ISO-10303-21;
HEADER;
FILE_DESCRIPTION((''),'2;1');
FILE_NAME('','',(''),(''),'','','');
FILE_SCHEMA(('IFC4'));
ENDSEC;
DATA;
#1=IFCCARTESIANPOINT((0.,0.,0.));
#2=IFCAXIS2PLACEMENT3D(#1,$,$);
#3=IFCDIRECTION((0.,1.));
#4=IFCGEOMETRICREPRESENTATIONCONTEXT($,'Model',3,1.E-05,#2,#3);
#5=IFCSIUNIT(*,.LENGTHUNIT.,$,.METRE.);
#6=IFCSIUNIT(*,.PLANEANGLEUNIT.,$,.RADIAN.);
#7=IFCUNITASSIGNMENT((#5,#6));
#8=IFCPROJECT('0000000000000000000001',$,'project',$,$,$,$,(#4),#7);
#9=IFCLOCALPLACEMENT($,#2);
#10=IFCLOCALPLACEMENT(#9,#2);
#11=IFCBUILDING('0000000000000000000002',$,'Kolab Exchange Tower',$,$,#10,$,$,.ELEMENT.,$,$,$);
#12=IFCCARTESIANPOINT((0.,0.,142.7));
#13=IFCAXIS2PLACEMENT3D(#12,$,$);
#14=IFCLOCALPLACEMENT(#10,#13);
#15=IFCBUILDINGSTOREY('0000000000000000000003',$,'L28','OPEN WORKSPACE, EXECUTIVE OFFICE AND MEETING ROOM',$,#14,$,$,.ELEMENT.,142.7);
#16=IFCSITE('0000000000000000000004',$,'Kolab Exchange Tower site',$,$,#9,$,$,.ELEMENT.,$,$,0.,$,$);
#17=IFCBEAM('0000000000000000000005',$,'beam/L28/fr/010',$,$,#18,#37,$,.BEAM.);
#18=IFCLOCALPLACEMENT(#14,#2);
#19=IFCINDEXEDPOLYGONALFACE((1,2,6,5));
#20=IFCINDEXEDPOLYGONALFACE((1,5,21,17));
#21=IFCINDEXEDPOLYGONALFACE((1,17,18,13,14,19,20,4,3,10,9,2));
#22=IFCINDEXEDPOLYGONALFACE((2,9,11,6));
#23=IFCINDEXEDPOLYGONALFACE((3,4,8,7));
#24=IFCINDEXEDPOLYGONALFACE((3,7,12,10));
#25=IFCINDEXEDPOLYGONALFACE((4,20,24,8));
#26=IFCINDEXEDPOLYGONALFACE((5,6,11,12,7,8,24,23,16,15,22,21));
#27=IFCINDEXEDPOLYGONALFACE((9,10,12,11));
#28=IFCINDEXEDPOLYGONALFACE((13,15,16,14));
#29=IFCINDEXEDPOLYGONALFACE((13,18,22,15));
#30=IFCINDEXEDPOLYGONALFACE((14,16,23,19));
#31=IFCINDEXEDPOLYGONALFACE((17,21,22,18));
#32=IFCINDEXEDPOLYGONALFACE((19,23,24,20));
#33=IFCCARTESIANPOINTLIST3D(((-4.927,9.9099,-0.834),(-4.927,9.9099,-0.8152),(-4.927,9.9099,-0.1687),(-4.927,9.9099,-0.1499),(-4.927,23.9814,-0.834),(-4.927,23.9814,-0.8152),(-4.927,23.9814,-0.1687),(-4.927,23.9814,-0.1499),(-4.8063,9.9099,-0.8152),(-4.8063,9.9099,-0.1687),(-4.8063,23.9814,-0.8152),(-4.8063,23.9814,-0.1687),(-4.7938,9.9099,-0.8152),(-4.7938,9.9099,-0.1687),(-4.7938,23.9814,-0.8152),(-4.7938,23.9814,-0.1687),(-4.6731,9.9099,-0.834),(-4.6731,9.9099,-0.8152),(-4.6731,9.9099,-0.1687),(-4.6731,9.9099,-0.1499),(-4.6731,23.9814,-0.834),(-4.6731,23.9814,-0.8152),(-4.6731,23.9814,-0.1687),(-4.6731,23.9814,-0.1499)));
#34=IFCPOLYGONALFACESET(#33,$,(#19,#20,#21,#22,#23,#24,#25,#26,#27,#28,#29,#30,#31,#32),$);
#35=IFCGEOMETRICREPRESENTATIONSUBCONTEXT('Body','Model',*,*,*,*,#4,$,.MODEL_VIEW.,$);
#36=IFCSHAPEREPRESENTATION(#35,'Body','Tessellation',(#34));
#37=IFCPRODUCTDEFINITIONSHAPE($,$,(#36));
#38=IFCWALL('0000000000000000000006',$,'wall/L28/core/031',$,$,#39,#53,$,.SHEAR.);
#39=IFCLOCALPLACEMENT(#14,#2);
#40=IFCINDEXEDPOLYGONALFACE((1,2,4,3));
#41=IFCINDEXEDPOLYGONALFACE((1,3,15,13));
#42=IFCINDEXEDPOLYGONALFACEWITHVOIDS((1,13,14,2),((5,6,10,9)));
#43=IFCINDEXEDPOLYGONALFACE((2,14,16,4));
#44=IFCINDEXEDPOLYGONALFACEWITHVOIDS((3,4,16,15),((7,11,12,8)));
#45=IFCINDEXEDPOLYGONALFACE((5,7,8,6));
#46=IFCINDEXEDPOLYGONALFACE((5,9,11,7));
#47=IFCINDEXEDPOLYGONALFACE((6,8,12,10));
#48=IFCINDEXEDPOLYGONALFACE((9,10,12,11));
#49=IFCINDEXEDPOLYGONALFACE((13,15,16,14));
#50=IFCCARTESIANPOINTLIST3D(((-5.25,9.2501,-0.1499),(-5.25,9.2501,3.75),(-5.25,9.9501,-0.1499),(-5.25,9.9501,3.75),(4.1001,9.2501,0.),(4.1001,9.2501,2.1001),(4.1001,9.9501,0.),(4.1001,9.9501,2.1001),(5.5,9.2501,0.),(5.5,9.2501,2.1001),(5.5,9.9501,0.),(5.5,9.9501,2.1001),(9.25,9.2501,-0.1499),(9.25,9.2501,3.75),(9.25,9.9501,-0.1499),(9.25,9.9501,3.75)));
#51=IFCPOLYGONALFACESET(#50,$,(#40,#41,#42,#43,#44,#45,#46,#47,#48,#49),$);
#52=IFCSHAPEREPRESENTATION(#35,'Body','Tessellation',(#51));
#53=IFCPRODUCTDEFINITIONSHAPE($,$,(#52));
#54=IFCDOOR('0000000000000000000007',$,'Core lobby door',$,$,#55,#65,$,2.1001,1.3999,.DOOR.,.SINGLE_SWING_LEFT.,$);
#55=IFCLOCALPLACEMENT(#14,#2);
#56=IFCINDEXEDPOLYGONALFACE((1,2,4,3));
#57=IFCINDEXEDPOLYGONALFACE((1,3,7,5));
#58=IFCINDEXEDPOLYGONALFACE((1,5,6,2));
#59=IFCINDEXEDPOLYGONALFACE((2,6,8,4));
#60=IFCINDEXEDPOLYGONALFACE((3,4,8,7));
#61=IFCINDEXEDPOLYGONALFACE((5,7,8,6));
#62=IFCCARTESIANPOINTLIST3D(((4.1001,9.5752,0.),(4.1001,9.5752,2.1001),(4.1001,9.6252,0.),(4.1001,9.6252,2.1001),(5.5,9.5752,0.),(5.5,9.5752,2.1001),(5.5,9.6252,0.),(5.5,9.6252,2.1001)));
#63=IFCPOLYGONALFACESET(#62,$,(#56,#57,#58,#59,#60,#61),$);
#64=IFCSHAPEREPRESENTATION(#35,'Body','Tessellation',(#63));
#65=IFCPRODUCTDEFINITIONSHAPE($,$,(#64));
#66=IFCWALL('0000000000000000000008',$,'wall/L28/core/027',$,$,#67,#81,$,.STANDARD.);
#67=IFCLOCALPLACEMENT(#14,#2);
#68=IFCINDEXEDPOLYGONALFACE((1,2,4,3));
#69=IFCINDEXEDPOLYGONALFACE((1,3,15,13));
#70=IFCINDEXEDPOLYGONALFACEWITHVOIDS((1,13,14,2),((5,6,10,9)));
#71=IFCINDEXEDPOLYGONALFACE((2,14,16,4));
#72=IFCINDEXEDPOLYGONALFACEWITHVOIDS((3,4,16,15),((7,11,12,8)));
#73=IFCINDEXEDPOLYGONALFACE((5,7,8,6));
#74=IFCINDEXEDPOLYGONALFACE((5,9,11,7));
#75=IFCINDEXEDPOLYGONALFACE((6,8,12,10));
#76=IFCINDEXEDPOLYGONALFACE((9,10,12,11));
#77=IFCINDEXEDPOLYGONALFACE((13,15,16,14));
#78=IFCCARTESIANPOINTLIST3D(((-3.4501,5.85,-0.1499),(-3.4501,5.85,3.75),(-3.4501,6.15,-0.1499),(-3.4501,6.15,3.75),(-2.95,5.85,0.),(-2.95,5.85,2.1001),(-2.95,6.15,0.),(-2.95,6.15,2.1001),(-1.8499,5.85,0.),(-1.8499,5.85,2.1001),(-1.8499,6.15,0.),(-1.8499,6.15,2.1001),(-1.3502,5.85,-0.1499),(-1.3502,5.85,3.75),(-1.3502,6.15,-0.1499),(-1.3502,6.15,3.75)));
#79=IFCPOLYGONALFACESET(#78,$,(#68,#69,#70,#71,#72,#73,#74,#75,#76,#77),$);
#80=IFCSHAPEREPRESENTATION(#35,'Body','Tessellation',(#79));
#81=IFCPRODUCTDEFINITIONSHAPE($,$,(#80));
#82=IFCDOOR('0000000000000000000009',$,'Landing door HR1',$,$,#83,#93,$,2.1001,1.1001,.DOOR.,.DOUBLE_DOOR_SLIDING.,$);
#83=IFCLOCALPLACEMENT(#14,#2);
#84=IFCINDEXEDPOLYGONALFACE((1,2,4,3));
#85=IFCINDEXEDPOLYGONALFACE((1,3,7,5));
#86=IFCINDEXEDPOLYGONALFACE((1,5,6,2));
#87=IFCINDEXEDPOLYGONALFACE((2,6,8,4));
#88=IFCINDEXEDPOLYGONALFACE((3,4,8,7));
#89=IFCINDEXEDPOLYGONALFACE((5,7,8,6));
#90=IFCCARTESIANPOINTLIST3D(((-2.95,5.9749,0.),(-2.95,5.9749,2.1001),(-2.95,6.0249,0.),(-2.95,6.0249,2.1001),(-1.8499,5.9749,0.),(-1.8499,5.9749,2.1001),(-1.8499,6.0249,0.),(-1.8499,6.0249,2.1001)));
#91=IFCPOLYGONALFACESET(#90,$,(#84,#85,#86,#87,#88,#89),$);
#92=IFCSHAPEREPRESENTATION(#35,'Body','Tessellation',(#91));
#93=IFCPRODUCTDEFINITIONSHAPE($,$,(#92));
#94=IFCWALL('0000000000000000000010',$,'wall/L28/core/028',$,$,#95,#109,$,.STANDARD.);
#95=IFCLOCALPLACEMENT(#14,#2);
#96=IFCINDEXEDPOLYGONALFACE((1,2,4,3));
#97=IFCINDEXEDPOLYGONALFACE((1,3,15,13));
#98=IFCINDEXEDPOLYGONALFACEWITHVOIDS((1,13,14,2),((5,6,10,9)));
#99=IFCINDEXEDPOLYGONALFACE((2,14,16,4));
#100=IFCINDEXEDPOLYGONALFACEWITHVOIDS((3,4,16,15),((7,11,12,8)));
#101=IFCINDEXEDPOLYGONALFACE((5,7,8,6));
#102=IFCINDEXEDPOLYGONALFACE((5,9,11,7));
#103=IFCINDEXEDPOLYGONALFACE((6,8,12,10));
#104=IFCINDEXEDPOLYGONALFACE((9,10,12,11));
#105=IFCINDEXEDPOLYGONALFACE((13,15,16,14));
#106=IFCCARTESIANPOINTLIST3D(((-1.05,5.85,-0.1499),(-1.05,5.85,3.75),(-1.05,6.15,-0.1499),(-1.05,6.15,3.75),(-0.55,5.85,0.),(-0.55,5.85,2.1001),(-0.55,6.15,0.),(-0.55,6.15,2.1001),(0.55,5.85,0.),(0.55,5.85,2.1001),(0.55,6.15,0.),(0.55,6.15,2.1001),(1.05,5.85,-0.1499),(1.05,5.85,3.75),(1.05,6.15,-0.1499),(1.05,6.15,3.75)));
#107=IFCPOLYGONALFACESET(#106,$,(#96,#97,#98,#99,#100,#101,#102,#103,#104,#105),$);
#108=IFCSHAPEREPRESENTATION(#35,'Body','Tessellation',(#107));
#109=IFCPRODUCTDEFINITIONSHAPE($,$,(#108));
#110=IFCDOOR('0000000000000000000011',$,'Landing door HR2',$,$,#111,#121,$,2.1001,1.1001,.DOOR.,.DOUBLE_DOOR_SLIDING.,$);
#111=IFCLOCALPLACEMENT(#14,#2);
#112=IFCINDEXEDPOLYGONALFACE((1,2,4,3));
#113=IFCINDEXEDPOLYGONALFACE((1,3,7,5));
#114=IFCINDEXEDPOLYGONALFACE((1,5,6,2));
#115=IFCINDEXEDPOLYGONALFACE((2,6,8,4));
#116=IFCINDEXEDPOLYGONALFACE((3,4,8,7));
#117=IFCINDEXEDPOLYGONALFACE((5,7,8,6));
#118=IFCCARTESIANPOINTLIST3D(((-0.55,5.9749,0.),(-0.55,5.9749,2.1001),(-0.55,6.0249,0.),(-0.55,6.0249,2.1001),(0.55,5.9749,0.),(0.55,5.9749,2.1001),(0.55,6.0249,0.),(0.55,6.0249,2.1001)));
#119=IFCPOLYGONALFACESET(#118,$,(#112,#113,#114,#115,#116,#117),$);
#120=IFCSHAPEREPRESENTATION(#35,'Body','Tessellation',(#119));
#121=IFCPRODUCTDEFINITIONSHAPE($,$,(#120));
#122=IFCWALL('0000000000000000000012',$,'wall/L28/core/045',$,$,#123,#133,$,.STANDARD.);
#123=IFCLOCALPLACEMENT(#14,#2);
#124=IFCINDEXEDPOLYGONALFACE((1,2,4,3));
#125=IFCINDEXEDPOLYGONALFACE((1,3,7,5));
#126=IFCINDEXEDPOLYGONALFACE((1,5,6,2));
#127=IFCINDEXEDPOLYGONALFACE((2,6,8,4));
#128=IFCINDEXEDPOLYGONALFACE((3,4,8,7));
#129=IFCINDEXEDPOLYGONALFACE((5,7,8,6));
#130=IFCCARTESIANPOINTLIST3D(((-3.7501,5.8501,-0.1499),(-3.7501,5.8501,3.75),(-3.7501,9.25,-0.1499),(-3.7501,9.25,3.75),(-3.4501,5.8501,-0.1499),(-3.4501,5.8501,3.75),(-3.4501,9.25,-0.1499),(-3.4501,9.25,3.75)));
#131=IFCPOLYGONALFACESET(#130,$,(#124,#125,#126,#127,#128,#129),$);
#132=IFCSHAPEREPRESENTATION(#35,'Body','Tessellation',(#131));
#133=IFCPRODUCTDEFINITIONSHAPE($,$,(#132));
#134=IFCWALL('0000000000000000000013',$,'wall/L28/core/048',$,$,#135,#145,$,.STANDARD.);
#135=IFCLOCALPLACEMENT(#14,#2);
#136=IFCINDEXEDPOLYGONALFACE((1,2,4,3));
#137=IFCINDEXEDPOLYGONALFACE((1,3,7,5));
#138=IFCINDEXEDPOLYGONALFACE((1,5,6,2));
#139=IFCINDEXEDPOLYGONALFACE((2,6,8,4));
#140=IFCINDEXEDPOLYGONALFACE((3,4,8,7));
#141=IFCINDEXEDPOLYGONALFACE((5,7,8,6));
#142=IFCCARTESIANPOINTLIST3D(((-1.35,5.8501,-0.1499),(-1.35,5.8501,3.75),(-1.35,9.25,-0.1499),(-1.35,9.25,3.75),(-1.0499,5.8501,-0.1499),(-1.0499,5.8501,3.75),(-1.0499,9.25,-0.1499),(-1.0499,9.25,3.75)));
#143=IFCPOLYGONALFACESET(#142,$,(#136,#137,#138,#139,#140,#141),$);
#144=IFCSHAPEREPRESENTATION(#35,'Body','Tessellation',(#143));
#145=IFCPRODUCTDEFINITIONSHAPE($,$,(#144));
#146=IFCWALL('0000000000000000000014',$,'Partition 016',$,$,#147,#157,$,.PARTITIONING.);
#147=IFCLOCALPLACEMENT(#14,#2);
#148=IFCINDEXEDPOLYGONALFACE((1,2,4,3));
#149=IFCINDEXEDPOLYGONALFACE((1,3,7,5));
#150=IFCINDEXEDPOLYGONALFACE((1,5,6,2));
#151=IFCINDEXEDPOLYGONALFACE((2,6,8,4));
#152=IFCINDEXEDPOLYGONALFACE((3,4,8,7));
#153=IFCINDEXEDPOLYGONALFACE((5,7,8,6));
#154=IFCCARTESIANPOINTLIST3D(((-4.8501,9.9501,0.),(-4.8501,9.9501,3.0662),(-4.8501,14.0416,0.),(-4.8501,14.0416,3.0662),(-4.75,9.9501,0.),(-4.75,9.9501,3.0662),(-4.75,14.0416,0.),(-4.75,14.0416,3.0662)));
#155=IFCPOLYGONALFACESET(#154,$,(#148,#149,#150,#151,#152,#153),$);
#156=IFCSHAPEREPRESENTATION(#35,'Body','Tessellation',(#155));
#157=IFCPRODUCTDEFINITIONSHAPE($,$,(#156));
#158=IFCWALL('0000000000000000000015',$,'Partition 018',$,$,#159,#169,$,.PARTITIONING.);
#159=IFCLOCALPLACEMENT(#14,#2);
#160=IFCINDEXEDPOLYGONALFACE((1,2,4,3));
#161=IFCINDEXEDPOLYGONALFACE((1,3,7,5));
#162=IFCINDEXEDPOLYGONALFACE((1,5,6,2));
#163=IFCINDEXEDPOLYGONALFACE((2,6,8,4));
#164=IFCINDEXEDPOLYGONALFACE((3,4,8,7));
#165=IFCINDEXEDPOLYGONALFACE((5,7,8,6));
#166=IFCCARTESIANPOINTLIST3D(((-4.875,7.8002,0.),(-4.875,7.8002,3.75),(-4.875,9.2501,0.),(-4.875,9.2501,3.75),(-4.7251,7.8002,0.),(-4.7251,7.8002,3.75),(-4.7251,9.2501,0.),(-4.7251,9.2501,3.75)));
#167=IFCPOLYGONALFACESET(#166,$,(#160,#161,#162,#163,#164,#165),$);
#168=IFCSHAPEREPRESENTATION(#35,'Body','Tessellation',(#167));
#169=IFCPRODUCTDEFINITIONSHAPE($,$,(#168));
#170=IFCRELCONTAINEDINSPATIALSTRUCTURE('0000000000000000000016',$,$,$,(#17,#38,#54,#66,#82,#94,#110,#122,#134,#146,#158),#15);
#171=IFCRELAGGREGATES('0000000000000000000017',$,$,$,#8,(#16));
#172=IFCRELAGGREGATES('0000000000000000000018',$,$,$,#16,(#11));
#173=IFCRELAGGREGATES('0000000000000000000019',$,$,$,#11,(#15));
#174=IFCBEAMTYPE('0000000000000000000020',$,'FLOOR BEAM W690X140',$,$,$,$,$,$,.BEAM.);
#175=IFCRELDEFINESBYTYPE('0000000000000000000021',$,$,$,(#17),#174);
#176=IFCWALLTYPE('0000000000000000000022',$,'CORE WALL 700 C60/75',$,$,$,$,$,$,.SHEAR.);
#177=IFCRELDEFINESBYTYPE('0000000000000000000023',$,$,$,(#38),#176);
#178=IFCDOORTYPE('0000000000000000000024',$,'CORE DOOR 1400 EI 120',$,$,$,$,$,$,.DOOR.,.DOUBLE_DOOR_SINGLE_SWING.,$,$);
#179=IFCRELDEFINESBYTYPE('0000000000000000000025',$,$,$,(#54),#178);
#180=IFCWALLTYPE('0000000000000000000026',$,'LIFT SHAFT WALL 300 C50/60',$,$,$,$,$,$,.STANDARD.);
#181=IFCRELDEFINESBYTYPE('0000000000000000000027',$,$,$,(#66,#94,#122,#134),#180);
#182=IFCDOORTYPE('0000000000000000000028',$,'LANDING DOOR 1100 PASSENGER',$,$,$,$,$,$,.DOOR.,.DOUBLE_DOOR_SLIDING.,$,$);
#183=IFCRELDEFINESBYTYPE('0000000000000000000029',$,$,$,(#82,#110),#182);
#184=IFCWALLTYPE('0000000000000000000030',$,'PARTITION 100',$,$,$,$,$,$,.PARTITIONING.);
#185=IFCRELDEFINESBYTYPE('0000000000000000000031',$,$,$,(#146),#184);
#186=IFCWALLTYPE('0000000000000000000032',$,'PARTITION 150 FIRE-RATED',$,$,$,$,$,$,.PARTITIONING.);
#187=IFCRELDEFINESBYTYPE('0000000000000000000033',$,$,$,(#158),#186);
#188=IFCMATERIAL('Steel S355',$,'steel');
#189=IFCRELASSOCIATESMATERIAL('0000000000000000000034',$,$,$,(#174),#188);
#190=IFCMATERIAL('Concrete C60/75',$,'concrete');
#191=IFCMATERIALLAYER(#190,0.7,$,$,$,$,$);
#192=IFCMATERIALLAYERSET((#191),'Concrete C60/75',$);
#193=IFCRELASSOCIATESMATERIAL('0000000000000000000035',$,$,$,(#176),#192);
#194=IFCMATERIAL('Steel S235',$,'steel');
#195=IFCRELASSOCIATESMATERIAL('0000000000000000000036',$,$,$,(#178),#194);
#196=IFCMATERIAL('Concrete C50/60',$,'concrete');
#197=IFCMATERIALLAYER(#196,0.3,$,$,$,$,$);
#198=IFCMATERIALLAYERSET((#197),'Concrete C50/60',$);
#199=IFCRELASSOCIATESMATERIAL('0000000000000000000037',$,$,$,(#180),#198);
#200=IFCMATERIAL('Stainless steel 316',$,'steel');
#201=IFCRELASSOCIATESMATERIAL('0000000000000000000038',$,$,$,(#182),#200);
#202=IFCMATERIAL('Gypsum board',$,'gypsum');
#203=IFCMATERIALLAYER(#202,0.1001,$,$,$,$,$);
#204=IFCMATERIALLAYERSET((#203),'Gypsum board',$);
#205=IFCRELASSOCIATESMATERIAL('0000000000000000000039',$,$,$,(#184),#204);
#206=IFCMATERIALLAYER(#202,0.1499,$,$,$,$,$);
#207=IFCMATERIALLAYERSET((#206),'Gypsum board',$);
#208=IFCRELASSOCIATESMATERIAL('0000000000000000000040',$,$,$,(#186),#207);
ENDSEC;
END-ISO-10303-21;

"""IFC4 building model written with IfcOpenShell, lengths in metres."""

from ifc_helpers import new_model, si_unit, direction, frame, frame_2d, origin, origin_2d, place, context, subcontext, project, spatial, rectangle, i_section, extrude, material, layer, layer_set, material_profile, profile_set, type_object, element, fill, save


model = new_model("IFC4")

# Units and contexts
model_context = context("Model", 3, precision=1e-05, world=origin(), true_north=direction((0.0, 1.0)))
body_context = subcontext(model_context, "Body", "Model", "MODEL_VIEW")
ifc_project = project(units=[si_unit("LENGTHUNIT", "METRE"), si_unit("PLANEANGLEUNIT", "RADIAN")], contexts=[model_context])

# Site, building, storey
site_placement = place(None, origin())
site = spatial("IfcSite", under=ifc_project, at=site_placement, Name="Kolab Exchange Tower site", CompositionType="ELEMENT", RefElevation=0.0)
building_placement = place(site_placement, origin())
building = spatial("IfcBuilding", under=site, at=building_placement, Name="Kolab Exchange Tower", CompositionType="ELEMENT")
storey_placement = place(building_placement, frame((0.0, 0.0, 142.7)))
storey = spatial("IfcBuildingStorey", under=building, at=storey_placement, Name="L28", Description="OPEN WORKSPACE, EXECUTIVE OFFICE AND MEETING ROOM", CompositionType="ELEMENT", Elevation=142.7)

# Beam
ifc_material_1 = material(Name="Steel S355", Category="steel")
ifc_material_profile = material_profile(ifc_material_1, i_section(OverallWidth=0.2539, OverallDepth=0.6841, WebThickness=0.0125, FlangeThickness=0.0188, at=origin_2d()), Name="W690X140")
ifc_profile_set = profile_set([ifc_material_profile], Name="Steel S355")
beam_type = type_object("IfcBeamType", Name="FLOOR BEAM W690X140", PredefinedType="BEAM", material=ifc_profile_set)
beam_placement = place(storey_placement, frame((-4.8, 9.9099, -0.4919), z_axis=(0.0, 1.0, 0.0), x_axis=(-1.0, 0.0, 0.0)))
element("IfcBeam", 1, at=beam_placement, inside=storey, type_object=beam_type, Name="beam/L28/fr/010", PredefinedType="BEAM", context=body_context, shape_type="SweptSolid", body=[
    extrude(i_section(OverallWidth=0.2539, OverallDepth=0.6841, WebThickness=0.0125, FlangeThickness=0.0188, at=origin_2d()), origin(), (0.0, 0.0, 1.0), 14.0715),
])

# Walls, openings, doors
ifc_material_2 = material(Name="Concrete C60/75", Category="concrete")
ifc_layer_1 = layer(ifc_material_2, 0.7)
ifc_layer_set_1 = layer_set([ifc_layer_1], Name="Concrete C60/75")
wall_type_1 = type_object("IfcWallType", Name="CORE WALL 700 C60/75", PredefinedType="SHEAR", material=ifc_layer_set_1)
wall_1_placement = place(storey_placement, frame((-5.25, 9.6001, -0.1499), z_axis=(0.0, 0.0, 1.0), x_axis=(1.0, 0.0, 0.0)))
wall_1 = element("IfcWall", 2, at=wall_1_placement, inside=storey, type_object=wall_type_1, Name="wall/L28/core/031", PredefinedType="SHEAR", context=body_context, shape_type="SweptSolid", body=[
    extrude(rectangle(XDim=14.5, YDim=0.7, at=frame_2d((7.25, 0.0))), origin(), (0.0, 0.0, 1.0), 3.8999),
])
opening_1_placement = place(wall_1_placement, frame((9.3501, 0.0, 0.1499)))
opening_1 = element("IfcOpeningElement", 3, at=opening_1_placement, cuts=wall_1, PredefinedType="OPENING", context=body_context, shape_type="SweptSolid", body=[
    extrude(rectangle(XDim=1.3999, YDim=2.1001, at=frame_2d((0.7, 1.05))), frame((0.0, 0.3599, 0.0), z_axis=(0.0, -1.0, 0.0), x_axis=(1.0, 0.0, 0.0)), (0.0, 0.0, 1.0), 0.72),
])
ifc_material_3 = material(Name="Steel S235", Category="steel")
door_type_1 = type_object("IfcDoorType", Name="CORE DOOR 1400 EI 120", OperationType="DOUBLE_DOOR_SINGLE_SWING", PredefinedType="DOOR", material=ifc_material_3)
door_1_placement = place(opening_1_placement, frame((1.3999, 0.0, 0.0), z_axis=(0.0, 0.0, 1.0), x_axis=(-1.0, 0.0, 0.0)))
door_1 = element("IfcDoor", 4, at=door_1_placement, inside=storey, type_object=door_type_1, Name="Core lobby door", OperationType="SINGLE_SWING_LEFT", OverallHeight=2.1001, OverallWidth=1.3999, PredefinedType="DOOR", context=body_context, shape_type="SweptSolid", body=[
    extrude(rectangle(XDim=1.3999, YDim=2.1001, at=frame_2d((0.7, 1.05))), frame((0.0, 0.0249, 0.0), z_axis=(0.0, -1.0, 0.0), x_axis=(1.0, 0.0, 0.0)), (0.0, 0.0, 1.0), 0.05),
])
fill(opening_1, door_1)
ifc_material_4 = material(Name="Concrete C50/60", Category="concrete")
ifc_layer_2 = layer(ifc_material_4, 0.3)
ifc_layer_set_2 = layer_set([ifc_layer_2], Name="Concrete C50/60")
wall_type_2 = type_object("IfcWallType", Name="LIFT SHAFT WALL 300 C50/60", PredefinedType="STANDARD", material=ifc_layer_set_2)
wall_2_placement = place(storey_placement, frame((-3.45, 6.0, -0.1499), z_axis=(0.0, 0.0, 1.0), x_axis=(1.0, 0.0, 0.0)))
wall_2 = element("IfcWall", 5, at=wall_2_placement, inside=storey, type_object=wall_type_2, Name="wall/L28/core/027", PredefinedType="STANDARD", context=body_context, shape_type="SweptSolid", body=[
    extrude(rectangle(XDim=2.0999, YDim=0.3, at=frame_2d((1.0498, 0.0))), origin(), (0.0, 0.0, 1.0), 3.8999),
])
opening_2_placement = place(wall_2_placement, frame((0.5, 0.0, 0.1499)))
opening_2 = element("IfcOpeningElement", 6, at=opening_2_placement, cuts=wall_2, PredefinedType="OPENING", context=body_context, shape_type="SweptSolid", body=[
    extrude(rectangle(XDim=1.1001, YDim=2.1001, at=frame_2d((0.55, 1.05))), frame((0.0, 0.1602, 0.0), z_axis=(0.0, -1.0, 0.0), x_axis=(1.0, 0.0, 0.0)), (0.0, 0.0, 1.0), 0.3201),
])
ifc_material_5 = material(Name="Stainless steel 316", Category="steel")
door_type_2 = type_object("IfcDoorType", Name="LANDING DOOR 1100 PASSENGER", OperationType="DOUBLE_DOOR_SLIDING", PredefinedType="DOOR", material=ifc_material_5)
door_2_placement = place(opening_2_placement, origin())
door_2 = element("IfcDoor", 7, at=door_2_placement, inside=storey, type_object=door_type_2, Name="Landing door HR1", OperationType="DOUBLE_DOOR_SLIDING", OverallHeight=2.1001, OverallWidth=1.1001, PredefinedType="DOOR", context=body_context, shape_type="SweptSolid", body=[
    extrude(rectangle(XDim=1.1001, YDim=2.1001, at=frame_2d((0.55, 1.05))), frame((0.0, 0.0249, 0.0), z_axis=(0.0, -1.0, 0.0), x_axis=(1.0, 0.0, 0.0)), (0.0, 0.0, 1.0), 0.05),
])
fill(opening_2, door_2)
wall_3_placement = place(storey_placement, frame((-1.05, 6.0, -0.1499), z_axis=(0.0, 0.0, 1.0), x_axis=(1.0, 0.0, 0.0)))
wall_3 = element("IfcWall", 8, at=wall_3_placement, inside=storey, type_object=wall_type_2, Name="wall/L28/core/028", PredefinedType="STANDARD", context=body_context, shape_type="SweptSolid", body=[
    extrude(rectangle(XDim=2.1001, YDim=0.3, at=frame_2d((1.05, 0.0))), origin(), (0.0, 0.0, 1.0), 3.8999),
])
opening_3_placement = place(wall_3_placement, frame((0.5, 0.0, 0.1499)))
opening_3 = element("IfcOpeningElement", 9, at=opening_3_placement, cuts=wall_3, PredefinedType="OPENING", context=body_context, shape_type="SweptSolid", body=[
    extrude(rectangle(XDim=1.1001, YDim=2.1001, at=frame_2d((0.55, 1.05))), frame((0.0, 0.1602, 0.0), z_axis=(0.0, -1.0, 0.0), x_axis=(1.0, 0.0, 0.0)), (0.0, 0.0, 1.0), 0.3201),
])
door_3_placement = place(opening_3_placement, origin())
door_3 = element("IfcDoor", 10, at=door_3_placement, inside=storey, type_object=door_type_2, Name="Landing door HR2", OperationType="DOUBLE_DOOR_SLIDING", OverallHeight=2.1001, OverallWidth=1.1001, PredefinedType="DOOR", context=body_context, shape_type="SweptSolid", body=[
    extrude(rectangle(XDim=1.1001, YDim=2.1001, at=frame_2d((0.55, 1.05))), frame((0.0, 0.0249, 0.0), z_axis=(0.0, -1.0, 0.0), x_axis=(1.0, 0.0, 0.0)), (0.0, 0.0, 1.0), 0.05),
])
fill(opening_3, door_3)

# Walls
for number, where, z_axis, x_axis, name in (
    (11, (-3.6001, 5.8501, -0.1499), (0.0, 0.0, 1.0), (0.0, 1.0, 0.0), "wall/L28/core/045"),
    (12, (-1.2, 5.8501, -0.1499), (0.0, 0.0, 1.0), (0.0, 1.0, 0.0), "wall/L28/core/048"),
):
    element("IfcWall", number, at=place(storey_placement, frame(where, z_axis=z_axis, x_axis=x_axis)), inside=storey, type_object=wall_type_2, Name=name, PredefinedType="STANDARD", context=body_context, shape_type="SweptSolid", body=[
        extrude(rectangle(XDim=3.3999, YDim=0.3, at=frame_2d((1.7, 0.0))), origin(), (0.0, 0.0, 1.0), 3.8999),
    ])
ifc_material_6 = material(Name="Gypsum board", Category="gypsum")
ifc_layer_3 = layer(ifc_material_6, 0.1001)
ifc_layer_set_3 = layer_set([ifc_layer_3], Name="Gypsum board")
wall_type_3 = type_object("IfcWallType", Name="PARTITION 100", PredefinedType="PARTITIONING", material=ifc_layer_set_3)
wall_4_placement = place(storey_placement, frame((-4.8, 9.95, 0.0), z_axis=(0.0, 0.0, 1.0), x_axis=(0.0, 1.0, 0.0)))
element("IfcWall", 13, at=wall_4_placement, inside=storey, type_object=wall_type_3, Name="Partition 016", PredefinedType="PARTITIONING", context=body_context, shape_type="SweptSolid", body=[
    extrude(rectangle(XDim=4.0916, YDim=0.1001, at=frame_2d((2.0459, 0.0))), origin(), (0.0, 0.0, 1.0), 3.0662),
])
ifc_layer_4 = layer(ifc_material_6, 0.1499)
ifc_layer_set_4 = layer_set([ifc_layer_4], Name="Gypsum board")
wall_type_4 = type_object("IfcWallType", Name="PARTITION 150 FIRE-RATED", PredefinedType="PARTITIONING", material=ifc_layer_set_4)
wall_5_placement = place(storey_placement, frame((-4.8, 7.8, 0.0), z_axis=(0.0, 0.0, 1.0), x_axis=(0.0, 1.0, 0.0)))
element("IfcWall", 14, at=wall_5_placement, inside=storey, type_object=wall_type_4, Name="Partition 018", PredefinedType="PARTITIONING", context=body_context, shape_type="SweptSolid", body=[
    extrude(rectangle(XDim=1.45, YDim=0.1499, at=frame_2d((0.7251, 0.0))), origin(), (0.0, 0.0, 1.0), 3.75),
])

save(model, "model.ifc")
